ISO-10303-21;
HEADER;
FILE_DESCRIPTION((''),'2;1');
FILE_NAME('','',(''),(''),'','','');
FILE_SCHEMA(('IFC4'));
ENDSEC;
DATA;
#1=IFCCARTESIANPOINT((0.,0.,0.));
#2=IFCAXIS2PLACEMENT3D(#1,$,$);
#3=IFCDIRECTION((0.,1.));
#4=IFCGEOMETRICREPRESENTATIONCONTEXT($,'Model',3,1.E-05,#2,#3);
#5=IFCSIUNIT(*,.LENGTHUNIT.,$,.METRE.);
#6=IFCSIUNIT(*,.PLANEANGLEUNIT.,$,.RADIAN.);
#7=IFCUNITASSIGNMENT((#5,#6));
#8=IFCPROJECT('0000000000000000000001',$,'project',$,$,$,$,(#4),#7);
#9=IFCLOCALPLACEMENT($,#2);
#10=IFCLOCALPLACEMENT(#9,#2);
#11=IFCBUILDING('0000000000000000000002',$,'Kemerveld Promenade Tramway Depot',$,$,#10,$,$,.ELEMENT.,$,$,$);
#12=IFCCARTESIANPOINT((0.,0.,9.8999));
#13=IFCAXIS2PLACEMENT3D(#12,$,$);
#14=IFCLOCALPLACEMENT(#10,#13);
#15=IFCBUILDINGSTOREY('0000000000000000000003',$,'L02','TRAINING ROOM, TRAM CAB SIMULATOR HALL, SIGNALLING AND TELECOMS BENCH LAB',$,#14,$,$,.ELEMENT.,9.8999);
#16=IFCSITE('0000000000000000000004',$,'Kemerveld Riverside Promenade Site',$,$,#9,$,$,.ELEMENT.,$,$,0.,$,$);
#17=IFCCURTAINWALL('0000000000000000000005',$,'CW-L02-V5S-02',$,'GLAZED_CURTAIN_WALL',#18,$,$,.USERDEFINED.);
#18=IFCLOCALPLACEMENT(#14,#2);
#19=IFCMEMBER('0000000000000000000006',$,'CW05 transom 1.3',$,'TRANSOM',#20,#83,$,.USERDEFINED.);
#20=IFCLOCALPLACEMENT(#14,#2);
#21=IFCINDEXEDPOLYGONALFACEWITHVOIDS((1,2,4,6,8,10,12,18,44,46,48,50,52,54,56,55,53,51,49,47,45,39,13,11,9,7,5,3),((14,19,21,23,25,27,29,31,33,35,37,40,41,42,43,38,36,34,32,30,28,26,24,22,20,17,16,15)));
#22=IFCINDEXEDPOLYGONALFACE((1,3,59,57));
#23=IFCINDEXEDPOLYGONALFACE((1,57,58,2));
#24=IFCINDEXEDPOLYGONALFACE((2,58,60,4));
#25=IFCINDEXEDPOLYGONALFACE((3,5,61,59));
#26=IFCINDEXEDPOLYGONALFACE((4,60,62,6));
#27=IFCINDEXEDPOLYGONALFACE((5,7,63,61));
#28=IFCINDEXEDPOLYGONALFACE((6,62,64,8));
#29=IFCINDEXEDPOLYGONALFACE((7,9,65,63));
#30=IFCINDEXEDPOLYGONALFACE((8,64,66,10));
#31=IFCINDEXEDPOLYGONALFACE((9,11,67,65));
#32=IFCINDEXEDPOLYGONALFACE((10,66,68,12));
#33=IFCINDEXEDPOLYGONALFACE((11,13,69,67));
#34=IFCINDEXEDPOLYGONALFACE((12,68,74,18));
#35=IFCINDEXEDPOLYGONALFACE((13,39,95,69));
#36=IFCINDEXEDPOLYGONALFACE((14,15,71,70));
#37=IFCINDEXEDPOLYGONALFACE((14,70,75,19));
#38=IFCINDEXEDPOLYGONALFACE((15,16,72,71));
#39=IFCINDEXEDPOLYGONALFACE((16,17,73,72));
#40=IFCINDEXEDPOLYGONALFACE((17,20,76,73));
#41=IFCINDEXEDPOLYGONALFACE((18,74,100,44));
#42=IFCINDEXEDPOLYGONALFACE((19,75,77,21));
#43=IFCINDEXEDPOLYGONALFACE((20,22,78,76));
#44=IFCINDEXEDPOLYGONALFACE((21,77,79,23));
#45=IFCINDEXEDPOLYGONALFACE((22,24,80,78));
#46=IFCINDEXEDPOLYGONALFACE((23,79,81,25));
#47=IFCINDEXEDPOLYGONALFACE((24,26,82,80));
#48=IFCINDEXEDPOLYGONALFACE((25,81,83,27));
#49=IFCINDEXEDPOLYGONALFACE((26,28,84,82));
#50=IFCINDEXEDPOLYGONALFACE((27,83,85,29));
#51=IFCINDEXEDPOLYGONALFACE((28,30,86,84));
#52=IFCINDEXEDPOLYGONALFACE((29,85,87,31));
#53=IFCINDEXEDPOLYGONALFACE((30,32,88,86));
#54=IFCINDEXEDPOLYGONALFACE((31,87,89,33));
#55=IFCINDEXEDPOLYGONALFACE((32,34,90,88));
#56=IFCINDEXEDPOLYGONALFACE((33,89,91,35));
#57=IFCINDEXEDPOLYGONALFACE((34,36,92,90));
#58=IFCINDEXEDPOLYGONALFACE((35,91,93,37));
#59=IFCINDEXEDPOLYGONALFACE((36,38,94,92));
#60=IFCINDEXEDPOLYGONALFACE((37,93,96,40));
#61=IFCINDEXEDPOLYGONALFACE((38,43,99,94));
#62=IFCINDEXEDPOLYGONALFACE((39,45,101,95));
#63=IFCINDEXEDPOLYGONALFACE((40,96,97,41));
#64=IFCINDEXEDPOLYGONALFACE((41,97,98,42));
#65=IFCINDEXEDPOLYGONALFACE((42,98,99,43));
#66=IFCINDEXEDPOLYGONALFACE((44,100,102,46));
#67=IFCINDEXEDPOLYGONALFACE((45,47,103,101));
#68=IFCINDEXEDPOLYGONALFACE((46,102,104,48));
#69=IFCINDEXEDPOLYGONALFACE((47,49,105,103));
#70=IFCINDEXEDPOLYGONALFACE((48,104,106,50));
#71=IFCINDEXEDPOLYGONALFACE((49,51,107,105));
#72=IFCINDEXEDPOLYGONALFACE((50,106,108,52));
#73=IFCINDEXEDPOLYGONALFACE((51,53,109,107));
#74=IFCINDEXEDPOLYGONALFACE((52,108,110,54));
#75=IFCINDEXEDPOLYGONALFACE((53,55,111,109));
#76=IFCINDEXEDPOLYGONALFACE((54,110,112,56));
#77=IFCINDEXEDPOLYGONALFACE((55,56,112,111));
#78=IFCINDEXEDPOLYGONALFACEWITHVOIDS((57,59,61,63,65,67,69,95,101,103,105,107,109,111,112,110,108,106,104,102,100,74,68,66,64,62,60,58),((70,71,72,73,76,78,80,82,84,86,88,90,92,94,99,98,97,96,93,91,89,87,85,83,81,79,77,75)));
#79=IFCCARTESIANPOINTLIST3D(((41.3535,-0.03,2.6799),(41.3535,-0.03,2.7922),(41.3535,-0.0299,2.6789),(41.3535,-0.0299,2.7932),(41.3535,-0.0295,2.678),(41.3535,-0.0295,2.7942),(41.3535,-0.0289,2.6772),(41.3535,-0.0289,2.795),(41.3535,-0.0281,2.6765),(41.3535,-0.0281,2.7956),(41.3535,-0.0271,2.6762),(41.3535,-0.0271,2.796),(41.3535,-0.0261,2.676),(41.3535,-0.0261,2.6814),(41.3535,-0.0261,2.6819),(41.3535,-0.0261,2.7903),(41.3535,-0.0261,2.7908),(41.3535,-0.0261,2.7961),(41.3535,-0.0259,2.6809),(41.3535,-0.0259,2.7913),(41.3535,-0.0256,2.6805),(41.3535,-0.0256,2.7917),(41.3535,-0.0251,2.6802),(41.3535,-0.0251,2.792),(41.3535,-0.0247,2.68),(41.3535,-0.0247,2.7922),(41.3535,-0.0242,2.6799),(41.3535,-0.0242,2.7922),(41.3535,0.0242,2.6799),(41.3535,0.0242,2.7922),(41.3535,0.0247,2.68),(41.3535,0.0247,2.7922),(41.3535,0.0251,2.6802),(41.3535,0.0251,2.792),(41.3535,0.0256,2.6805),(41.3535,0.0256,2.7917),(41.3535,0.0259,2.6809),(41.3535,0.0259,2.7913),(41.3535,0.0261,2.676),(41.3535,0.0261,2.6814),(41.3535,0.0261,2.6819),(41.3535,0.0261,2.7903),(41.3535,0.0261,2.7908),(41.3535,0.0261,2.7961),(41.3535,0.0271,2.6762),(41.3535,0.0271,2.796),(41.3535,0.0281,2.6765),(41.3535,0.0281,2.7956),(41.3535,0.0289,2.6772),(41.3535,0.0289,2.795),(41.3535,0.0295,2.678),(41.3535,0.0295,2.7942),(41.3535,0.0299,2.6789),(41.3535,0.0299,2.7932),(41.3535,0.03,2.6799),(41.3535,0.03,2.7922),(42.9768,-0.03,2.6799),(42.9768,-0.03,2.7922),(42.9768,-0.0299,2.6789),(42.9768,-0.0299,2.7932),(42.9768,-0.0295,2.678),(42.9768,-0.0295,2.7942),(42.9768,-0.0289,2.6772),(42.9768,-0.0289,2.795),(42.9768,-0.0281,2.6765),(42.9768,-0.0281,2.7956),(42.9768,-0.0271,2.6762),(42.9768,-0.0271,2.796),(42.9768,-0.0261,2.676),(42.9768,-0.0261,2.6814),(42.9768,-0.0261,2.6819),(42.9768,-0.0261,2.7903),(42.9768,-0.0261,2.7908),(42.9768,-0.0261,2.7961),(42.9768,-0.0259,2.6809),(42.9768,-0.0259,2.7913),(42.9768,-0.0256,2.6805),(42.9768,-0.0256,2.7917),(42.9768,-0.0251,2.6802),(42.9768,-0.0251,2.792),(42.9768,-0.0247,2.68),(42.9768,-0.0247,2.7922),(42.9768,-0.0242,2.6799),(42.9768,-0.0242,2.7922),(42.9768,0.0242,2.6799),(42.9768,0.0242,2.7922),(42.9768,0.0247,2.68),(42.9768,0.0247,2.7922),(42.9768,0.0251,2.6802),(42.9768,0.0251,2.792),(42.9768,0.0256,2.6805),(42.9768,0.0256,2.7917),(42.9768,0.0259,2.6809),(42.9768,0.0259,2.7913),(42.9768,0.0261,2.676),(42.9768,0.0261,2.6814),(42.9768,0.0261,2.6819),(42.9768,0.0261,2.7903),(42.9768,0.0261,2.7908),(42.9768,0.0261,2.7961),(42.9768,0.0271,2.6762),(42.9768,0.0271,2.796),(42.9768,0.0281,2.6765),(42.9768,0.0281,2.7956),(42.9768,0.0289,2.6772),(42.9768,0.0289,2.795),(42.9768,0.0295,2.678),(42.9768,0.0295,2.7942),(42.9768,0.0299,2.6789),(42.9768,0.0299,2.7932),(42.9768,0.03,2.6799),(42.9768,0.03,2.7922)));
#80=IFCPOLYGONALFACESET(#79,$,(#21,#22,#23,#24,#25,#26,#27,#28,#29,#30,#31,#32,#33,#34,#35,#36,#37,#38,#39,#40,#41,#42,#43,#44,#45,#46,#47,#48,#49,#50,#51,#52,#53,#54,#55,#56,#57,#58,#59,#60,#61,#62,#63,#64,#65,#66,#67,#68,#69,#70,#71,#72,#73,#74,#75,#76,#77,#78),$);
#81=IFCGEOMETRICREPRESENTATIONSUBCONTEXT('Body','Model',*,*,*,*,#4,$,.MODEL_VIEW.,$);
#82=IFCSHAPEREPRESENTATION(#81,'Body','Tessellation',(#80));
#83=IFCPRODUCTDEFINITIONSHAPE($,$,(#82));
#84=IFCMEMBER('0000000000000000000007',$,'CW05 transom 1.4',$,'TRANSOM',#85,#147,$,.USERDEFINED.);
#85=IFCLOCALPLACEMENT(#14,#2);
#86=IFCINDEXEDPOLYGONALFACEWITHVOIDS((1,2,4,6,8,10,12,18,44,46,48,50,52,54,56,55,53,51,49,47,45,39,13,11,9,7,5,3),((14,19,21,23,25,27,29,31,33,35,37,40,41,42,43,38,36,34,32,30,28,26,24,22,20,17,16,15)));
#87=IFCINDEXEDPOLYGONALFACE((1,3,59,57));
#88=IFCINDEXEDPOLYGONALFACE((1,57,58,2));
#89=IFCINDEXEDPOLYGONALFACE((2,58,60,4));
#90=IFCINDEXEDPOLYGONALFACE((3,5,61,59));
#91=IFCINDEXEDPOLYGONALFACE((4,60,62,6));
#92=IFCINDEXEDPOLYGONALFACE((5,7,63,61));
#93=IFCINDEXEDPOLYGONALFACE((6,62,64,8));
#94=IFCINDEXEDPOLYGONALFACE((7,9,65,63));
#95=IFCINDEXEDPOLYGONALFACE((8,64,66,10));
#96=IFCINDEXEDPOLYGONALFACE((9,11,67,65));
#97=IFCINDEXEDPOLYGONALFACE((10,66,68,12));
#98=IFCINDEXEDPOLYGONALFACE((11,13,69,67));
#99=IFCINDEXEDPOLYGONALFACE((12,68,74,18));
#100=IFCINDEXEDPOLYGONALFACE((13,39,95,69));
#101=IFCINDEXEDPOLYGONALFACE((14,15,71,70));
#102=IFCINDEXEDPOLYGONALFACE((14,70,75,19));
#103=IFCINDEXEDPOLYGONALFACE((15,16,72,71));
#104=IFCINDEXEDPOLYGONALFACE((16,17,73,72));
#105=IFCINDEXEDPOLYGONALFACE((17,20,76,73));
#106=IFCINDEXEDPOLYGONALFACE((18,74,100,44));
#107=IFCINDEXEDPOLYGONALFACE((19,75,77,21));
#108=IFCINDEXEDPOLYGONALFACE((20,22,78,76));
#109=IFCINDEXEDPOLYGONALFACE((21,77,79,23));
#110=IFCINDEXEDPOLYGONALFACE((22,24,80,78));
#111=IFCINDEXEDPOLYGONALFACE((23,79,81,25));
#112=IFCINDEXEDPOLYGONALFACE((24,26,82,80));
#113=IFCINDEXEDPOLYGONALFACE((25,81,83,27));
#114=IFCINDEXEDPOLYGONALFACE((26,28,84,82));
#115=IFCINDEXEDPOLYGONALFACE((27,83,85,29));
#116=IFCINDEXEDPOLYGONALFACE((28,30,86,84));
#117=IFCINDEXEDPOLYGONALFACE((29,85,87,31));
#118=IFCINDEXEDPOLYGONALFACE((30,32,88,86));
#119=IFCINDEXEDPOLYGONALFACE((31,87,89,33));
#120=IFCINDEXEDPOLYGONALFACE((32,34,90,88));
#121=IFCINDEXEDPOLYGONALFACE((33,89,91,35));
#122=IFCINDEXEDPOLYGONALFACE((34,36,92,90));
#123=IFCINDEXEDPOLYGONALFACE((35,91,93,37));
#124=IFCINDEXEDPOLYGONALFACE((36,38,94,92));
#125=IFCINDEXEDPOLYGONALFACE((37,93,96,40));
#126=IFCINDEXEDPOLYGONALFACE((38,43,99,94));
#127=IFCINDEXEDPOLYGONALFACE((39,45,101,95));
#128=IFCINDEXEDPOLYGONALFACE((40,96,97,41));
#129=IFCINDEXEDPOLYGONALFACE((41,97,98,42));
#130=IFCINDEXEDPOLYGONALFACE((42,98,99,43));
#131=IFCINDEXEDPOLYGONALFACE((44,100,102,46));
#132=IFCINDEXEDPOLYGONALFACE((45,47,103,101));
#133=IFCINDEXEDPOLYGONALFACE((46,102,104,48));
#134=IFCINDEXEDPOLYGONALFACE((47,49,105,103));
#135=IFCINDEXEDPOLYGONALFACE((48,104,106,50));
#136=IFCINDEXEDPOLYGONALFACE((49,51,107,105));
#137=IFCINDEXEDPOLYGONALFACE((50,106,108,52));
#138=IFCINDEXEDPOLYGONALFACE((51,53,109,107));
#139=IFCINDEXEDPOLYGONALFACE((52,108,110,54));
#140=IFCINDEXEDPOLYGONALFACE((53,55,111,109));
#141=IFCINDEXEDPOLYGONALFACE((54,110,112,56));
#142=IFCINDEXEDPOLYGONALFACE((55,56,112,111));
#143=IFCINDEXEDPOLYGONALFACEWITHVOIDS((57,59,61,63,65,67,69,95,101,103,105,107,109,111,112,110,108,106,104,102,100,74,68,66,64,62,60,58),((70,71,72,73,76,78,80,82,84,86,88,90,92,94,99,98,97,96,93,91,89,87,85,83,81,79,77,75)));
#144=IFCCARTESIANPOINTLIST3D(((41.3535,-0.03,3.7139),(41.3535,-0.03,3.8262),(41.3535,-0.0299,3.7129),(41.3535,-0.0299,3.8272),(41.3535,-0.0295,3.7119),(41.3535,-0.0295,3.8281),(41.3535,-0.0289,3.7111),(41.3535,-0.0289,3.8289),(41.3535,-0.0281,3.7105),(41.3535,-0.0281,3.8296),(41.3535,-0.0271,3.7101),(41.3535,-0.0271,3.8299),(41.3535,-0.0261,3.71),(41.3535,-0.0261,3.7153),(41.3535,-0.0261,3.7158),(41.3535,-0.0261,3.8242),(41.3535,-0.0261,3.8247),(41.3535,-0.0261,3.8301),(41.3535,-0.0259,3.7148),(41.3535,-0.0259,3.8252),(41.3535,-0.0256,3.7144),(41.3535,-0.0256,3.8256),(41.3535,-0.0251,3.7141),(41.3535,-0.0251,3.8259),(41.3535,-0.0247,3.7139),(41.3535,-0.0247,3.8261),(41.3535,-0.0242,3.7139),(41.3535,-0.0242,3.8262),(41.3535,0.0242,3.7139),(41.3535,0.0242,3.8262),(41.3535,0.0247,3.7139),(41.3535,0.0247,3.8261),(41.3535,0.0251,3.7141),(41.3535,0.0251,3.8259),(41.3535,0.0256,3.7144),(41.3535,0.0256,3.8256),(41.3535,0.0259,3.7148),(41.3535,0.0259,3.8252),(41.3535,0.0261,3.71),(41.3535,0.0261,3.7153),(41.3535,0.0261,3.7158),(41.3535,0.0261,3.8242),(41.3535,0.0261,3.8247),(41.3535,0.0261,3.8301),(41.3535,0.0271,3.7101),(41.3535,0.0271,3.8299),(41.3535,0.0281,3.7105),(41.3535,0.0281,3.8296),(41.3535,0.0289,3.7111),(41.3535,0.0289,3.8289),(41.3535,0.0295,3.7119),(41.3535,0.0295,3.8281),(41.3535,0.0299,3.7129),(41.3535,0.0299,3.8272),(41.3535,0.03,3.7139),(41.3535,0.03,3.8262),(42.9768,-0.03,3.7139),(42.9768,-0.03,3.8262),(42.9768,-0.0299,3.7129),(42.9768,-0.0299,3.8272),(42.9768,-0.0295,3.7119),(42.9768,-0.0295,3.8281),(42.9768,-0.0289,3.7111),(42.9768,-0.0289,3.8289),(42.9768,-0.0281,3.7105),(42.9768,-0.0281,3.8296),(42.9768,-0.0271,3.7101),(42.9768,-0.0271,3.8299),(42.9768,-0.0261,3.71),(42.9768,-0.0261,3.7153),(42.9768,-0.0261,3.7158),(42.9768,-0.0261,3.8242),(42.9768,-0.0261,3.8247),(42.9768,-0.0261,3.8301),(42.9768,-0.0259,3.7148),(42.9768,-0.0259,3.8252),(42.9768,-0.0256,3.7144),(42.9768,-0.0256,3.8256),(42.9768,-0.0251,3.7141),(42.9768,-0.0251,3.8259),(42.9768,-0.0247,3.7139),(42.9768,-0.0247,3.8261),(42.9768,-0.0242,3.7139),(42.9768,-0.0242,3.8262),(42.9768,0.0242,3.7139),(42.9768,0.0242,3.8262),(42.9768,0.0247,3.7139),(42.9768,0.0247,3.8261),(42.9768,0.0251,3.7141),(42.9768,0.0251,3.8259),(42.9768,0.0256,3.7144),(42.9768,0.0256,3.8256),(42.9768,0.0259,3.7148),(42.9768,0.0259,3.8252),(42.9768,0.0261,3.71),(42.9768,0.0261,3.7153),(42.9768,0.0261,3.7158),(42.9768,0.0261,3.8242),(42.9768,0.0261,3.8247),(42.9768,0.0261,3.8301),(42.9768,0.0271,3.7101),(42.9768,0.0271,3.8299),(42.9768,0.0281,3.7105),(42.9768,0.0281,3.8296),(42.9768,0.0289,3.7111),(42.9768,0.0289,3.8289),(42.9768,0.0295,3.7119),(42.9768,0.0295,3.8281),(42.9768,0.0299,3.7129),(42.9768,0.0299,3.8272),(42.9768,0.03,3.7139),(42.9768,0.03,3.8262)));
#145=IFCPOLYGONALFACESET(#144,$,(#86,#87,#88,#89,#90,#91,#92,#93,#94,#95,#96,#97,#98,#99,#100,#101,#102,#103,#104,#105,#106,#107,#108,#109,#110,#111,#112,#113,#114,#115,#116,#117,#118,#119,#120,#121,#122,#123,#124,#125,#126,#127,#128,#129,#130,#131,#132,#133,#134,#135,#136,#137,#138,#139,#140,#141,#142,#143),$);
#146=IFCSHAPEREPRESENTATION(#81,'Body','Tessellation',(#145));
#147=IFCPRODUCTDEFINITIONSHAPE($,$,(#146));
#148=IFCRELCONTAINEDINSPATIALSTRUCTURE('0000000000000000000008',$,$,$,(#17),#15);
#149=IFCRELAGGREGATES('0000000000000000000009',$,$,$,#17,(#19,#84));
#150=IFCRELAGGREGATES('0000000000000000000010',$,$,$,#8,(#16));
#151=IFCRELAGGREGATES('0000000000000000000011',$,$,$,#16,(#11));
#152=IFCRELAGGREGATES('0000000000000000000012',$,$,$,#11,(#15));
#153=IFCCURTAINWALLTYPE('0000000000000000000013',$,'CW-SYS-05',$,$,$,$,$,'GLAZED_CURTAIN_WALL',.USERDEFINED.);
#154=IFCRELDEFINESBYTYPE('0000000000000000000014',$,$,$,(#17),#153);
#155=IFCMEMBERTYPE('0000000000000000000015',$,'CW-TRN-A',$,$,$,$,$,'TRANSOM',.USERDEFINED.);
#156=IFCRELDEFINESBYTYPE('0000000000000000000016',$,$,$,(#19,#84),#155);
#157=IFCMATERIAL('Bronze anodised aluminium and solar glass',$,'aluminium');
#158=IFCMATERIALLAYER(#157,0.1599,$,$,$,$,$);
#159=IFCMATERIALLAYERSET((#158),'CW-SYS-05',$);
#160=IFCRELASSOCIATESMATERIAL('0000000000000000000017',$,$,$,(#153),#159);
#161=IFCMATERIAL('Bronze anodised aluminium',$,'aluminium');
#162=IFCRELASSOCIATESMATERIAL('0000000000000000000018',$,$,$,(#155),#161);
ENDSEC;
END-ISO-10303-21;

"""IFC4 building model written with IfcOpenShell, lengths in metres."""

from ifc_helpers import new_model, si_unit, direction, frame, origin, origin_2d, place, context, subcontext, project, spatial, hollow_rectangle, extrude, material, layer, layer_set, material_profile, profile_set, type_object, element, aggregate, save


model = new_model("IFC4")

# Units and contexts
model_context = context("Model", 3, precision=1e-05, world=origin(), true_north=direction((0.0, 1.0)))
body_context = subcontext(model_context, "Body", "Model", "MODEL_VIEW")
ifc_project = project(units=[si_unit("LENGTHUNIT", "METRE"), si_unit("PLANEANGLEUNIT", "RADIAN")], contexts=[model_context])

# Site, building, storey
site_placement = place(None, origin())
site = spatial("IfcSite", under=ifc_project, at=site_placement, Name="Kemerveld Riverside Promenade Site", CompositionType="ELEMENT", RefElevation=0.0)
building_placement = place(site_placement, origin())
building = spatial("IfcBuilding", under=site, at=building_placement, Name="Kemerveld Promenade Tramway Depot", CompositionType="ELEMENT")
storey_placement = place(building_placement, frame((0.0, 0.0, 9.8999)))
storey = spatial("IfcBuildingStorey", under=building, at=storey_placement, Name="L02", Description="TRAINING ROOM, TRAM CAB SIMULATOR HALL, SIGNALLING AND TELECOMS BENCH LAB", CompositionType="ELEMENT", Elevation=9.8999)

# Curtain wall, members
ifc_material_1 = material(Name="Bronze anodised aluminium and solar glass", Category="aluminium")
ifc_layer_1 = layer(ifc_material_1, 0.1599)
ifc_layer_set_1 = layer_set([ifc_layer_1], Name="CW-SYS-05")
curtain_wall_type = type_object("IfcCurtainWallType", Name="CW-SYS-05", ElementType="GLAZED_CURTAIN_WALL", PredefinedType="USERDEFINED", material=ifc_layer_set_1)
curtain_wall_placement = place(storey_placement, origin())
curtain_wall = element("IfcCurtainWall", 1, at=curtain_wall_placement, inside=storey, type_object=curtain_wall_type, Name="CW-L02-V5S-02", ObjectType="GLAZED_CURTAIN_WALL", PredefinedType="USERDEFINED")
ifc_material_2 = material(Name="Bronze anodised aluminium", Category="aluminium")
ifc_material_profile_1 = material_profile(ifc_material_2, hollow_rectangle(XDim=0.0601, YDim=0.1201, WallThickness=0.0039, InnerFilletRadius=0.002, OuterFilletRadius=0.0039, at=origin_2d()), Name="CW-TRN-120x60")
ifc_profile_set_1 = profile_set([ifc_material_profile_1], Name="Bronze anodised aluminium")
member_type_1 = type_object("IfcMemberType", Name="CW-TRN-A", ElementType="TRANSOM", PredefinedType="USERDEFINED", material=ifc_profile_set_1)
member_1_placement = place(storey_placement, frame((42.9768, 0.0, 2.7361), z_axis=(-1.0, 0.0, 0.0), x_axis=(0.0, -1.0, 0.0)))
member_1 = element("IfcMember", 2, at=member_1_placement, type_object=member_type_1, Name="CW05 transom 1.3", ObjectType="TRANSOM", PredefinedType="USERDEFINED", context=body_context, shape_type="SweptSolid", body=[
    extrude(hollow_rectangle(XDim=0.0601, YDim=0.1201, WallThickness=0.0039, InnerFilletRadius=0.002, OuterFilletRadius=0.0039, at=origin_2d()), origin(), (0.0, 0.0, 1.0), 1.6233),
])
member_2_placement = place(storey_placement, frame((42.9768, 0.0, 3.77), z_axis=(-1.0, 0.0, 0.0), x_axis=(0.0, -1.0, 0.0)))
member_2 = element("IfcMember", 3, at=member_2_placement, type_object=member_type_1, Name="CW05 transom 1.4", ObjectType="TRANSOM", PredefinedType="USERDEFINED", context=body_context, shape_type="SweptSolid", body=[
    extrude(hollow_rectangle(XDim=0.0601, YDim=0.1201, WallThickness=0.0039, InnerFilletRadius=0.002, OuterFilletRadius=0.0039, at=origin_2d()), origin(), (0.0, 0.0, 1.0), 1.6233),
])
aggregate(curtain_wall, [member_1, member_2])

save(model, "model.ifc")
